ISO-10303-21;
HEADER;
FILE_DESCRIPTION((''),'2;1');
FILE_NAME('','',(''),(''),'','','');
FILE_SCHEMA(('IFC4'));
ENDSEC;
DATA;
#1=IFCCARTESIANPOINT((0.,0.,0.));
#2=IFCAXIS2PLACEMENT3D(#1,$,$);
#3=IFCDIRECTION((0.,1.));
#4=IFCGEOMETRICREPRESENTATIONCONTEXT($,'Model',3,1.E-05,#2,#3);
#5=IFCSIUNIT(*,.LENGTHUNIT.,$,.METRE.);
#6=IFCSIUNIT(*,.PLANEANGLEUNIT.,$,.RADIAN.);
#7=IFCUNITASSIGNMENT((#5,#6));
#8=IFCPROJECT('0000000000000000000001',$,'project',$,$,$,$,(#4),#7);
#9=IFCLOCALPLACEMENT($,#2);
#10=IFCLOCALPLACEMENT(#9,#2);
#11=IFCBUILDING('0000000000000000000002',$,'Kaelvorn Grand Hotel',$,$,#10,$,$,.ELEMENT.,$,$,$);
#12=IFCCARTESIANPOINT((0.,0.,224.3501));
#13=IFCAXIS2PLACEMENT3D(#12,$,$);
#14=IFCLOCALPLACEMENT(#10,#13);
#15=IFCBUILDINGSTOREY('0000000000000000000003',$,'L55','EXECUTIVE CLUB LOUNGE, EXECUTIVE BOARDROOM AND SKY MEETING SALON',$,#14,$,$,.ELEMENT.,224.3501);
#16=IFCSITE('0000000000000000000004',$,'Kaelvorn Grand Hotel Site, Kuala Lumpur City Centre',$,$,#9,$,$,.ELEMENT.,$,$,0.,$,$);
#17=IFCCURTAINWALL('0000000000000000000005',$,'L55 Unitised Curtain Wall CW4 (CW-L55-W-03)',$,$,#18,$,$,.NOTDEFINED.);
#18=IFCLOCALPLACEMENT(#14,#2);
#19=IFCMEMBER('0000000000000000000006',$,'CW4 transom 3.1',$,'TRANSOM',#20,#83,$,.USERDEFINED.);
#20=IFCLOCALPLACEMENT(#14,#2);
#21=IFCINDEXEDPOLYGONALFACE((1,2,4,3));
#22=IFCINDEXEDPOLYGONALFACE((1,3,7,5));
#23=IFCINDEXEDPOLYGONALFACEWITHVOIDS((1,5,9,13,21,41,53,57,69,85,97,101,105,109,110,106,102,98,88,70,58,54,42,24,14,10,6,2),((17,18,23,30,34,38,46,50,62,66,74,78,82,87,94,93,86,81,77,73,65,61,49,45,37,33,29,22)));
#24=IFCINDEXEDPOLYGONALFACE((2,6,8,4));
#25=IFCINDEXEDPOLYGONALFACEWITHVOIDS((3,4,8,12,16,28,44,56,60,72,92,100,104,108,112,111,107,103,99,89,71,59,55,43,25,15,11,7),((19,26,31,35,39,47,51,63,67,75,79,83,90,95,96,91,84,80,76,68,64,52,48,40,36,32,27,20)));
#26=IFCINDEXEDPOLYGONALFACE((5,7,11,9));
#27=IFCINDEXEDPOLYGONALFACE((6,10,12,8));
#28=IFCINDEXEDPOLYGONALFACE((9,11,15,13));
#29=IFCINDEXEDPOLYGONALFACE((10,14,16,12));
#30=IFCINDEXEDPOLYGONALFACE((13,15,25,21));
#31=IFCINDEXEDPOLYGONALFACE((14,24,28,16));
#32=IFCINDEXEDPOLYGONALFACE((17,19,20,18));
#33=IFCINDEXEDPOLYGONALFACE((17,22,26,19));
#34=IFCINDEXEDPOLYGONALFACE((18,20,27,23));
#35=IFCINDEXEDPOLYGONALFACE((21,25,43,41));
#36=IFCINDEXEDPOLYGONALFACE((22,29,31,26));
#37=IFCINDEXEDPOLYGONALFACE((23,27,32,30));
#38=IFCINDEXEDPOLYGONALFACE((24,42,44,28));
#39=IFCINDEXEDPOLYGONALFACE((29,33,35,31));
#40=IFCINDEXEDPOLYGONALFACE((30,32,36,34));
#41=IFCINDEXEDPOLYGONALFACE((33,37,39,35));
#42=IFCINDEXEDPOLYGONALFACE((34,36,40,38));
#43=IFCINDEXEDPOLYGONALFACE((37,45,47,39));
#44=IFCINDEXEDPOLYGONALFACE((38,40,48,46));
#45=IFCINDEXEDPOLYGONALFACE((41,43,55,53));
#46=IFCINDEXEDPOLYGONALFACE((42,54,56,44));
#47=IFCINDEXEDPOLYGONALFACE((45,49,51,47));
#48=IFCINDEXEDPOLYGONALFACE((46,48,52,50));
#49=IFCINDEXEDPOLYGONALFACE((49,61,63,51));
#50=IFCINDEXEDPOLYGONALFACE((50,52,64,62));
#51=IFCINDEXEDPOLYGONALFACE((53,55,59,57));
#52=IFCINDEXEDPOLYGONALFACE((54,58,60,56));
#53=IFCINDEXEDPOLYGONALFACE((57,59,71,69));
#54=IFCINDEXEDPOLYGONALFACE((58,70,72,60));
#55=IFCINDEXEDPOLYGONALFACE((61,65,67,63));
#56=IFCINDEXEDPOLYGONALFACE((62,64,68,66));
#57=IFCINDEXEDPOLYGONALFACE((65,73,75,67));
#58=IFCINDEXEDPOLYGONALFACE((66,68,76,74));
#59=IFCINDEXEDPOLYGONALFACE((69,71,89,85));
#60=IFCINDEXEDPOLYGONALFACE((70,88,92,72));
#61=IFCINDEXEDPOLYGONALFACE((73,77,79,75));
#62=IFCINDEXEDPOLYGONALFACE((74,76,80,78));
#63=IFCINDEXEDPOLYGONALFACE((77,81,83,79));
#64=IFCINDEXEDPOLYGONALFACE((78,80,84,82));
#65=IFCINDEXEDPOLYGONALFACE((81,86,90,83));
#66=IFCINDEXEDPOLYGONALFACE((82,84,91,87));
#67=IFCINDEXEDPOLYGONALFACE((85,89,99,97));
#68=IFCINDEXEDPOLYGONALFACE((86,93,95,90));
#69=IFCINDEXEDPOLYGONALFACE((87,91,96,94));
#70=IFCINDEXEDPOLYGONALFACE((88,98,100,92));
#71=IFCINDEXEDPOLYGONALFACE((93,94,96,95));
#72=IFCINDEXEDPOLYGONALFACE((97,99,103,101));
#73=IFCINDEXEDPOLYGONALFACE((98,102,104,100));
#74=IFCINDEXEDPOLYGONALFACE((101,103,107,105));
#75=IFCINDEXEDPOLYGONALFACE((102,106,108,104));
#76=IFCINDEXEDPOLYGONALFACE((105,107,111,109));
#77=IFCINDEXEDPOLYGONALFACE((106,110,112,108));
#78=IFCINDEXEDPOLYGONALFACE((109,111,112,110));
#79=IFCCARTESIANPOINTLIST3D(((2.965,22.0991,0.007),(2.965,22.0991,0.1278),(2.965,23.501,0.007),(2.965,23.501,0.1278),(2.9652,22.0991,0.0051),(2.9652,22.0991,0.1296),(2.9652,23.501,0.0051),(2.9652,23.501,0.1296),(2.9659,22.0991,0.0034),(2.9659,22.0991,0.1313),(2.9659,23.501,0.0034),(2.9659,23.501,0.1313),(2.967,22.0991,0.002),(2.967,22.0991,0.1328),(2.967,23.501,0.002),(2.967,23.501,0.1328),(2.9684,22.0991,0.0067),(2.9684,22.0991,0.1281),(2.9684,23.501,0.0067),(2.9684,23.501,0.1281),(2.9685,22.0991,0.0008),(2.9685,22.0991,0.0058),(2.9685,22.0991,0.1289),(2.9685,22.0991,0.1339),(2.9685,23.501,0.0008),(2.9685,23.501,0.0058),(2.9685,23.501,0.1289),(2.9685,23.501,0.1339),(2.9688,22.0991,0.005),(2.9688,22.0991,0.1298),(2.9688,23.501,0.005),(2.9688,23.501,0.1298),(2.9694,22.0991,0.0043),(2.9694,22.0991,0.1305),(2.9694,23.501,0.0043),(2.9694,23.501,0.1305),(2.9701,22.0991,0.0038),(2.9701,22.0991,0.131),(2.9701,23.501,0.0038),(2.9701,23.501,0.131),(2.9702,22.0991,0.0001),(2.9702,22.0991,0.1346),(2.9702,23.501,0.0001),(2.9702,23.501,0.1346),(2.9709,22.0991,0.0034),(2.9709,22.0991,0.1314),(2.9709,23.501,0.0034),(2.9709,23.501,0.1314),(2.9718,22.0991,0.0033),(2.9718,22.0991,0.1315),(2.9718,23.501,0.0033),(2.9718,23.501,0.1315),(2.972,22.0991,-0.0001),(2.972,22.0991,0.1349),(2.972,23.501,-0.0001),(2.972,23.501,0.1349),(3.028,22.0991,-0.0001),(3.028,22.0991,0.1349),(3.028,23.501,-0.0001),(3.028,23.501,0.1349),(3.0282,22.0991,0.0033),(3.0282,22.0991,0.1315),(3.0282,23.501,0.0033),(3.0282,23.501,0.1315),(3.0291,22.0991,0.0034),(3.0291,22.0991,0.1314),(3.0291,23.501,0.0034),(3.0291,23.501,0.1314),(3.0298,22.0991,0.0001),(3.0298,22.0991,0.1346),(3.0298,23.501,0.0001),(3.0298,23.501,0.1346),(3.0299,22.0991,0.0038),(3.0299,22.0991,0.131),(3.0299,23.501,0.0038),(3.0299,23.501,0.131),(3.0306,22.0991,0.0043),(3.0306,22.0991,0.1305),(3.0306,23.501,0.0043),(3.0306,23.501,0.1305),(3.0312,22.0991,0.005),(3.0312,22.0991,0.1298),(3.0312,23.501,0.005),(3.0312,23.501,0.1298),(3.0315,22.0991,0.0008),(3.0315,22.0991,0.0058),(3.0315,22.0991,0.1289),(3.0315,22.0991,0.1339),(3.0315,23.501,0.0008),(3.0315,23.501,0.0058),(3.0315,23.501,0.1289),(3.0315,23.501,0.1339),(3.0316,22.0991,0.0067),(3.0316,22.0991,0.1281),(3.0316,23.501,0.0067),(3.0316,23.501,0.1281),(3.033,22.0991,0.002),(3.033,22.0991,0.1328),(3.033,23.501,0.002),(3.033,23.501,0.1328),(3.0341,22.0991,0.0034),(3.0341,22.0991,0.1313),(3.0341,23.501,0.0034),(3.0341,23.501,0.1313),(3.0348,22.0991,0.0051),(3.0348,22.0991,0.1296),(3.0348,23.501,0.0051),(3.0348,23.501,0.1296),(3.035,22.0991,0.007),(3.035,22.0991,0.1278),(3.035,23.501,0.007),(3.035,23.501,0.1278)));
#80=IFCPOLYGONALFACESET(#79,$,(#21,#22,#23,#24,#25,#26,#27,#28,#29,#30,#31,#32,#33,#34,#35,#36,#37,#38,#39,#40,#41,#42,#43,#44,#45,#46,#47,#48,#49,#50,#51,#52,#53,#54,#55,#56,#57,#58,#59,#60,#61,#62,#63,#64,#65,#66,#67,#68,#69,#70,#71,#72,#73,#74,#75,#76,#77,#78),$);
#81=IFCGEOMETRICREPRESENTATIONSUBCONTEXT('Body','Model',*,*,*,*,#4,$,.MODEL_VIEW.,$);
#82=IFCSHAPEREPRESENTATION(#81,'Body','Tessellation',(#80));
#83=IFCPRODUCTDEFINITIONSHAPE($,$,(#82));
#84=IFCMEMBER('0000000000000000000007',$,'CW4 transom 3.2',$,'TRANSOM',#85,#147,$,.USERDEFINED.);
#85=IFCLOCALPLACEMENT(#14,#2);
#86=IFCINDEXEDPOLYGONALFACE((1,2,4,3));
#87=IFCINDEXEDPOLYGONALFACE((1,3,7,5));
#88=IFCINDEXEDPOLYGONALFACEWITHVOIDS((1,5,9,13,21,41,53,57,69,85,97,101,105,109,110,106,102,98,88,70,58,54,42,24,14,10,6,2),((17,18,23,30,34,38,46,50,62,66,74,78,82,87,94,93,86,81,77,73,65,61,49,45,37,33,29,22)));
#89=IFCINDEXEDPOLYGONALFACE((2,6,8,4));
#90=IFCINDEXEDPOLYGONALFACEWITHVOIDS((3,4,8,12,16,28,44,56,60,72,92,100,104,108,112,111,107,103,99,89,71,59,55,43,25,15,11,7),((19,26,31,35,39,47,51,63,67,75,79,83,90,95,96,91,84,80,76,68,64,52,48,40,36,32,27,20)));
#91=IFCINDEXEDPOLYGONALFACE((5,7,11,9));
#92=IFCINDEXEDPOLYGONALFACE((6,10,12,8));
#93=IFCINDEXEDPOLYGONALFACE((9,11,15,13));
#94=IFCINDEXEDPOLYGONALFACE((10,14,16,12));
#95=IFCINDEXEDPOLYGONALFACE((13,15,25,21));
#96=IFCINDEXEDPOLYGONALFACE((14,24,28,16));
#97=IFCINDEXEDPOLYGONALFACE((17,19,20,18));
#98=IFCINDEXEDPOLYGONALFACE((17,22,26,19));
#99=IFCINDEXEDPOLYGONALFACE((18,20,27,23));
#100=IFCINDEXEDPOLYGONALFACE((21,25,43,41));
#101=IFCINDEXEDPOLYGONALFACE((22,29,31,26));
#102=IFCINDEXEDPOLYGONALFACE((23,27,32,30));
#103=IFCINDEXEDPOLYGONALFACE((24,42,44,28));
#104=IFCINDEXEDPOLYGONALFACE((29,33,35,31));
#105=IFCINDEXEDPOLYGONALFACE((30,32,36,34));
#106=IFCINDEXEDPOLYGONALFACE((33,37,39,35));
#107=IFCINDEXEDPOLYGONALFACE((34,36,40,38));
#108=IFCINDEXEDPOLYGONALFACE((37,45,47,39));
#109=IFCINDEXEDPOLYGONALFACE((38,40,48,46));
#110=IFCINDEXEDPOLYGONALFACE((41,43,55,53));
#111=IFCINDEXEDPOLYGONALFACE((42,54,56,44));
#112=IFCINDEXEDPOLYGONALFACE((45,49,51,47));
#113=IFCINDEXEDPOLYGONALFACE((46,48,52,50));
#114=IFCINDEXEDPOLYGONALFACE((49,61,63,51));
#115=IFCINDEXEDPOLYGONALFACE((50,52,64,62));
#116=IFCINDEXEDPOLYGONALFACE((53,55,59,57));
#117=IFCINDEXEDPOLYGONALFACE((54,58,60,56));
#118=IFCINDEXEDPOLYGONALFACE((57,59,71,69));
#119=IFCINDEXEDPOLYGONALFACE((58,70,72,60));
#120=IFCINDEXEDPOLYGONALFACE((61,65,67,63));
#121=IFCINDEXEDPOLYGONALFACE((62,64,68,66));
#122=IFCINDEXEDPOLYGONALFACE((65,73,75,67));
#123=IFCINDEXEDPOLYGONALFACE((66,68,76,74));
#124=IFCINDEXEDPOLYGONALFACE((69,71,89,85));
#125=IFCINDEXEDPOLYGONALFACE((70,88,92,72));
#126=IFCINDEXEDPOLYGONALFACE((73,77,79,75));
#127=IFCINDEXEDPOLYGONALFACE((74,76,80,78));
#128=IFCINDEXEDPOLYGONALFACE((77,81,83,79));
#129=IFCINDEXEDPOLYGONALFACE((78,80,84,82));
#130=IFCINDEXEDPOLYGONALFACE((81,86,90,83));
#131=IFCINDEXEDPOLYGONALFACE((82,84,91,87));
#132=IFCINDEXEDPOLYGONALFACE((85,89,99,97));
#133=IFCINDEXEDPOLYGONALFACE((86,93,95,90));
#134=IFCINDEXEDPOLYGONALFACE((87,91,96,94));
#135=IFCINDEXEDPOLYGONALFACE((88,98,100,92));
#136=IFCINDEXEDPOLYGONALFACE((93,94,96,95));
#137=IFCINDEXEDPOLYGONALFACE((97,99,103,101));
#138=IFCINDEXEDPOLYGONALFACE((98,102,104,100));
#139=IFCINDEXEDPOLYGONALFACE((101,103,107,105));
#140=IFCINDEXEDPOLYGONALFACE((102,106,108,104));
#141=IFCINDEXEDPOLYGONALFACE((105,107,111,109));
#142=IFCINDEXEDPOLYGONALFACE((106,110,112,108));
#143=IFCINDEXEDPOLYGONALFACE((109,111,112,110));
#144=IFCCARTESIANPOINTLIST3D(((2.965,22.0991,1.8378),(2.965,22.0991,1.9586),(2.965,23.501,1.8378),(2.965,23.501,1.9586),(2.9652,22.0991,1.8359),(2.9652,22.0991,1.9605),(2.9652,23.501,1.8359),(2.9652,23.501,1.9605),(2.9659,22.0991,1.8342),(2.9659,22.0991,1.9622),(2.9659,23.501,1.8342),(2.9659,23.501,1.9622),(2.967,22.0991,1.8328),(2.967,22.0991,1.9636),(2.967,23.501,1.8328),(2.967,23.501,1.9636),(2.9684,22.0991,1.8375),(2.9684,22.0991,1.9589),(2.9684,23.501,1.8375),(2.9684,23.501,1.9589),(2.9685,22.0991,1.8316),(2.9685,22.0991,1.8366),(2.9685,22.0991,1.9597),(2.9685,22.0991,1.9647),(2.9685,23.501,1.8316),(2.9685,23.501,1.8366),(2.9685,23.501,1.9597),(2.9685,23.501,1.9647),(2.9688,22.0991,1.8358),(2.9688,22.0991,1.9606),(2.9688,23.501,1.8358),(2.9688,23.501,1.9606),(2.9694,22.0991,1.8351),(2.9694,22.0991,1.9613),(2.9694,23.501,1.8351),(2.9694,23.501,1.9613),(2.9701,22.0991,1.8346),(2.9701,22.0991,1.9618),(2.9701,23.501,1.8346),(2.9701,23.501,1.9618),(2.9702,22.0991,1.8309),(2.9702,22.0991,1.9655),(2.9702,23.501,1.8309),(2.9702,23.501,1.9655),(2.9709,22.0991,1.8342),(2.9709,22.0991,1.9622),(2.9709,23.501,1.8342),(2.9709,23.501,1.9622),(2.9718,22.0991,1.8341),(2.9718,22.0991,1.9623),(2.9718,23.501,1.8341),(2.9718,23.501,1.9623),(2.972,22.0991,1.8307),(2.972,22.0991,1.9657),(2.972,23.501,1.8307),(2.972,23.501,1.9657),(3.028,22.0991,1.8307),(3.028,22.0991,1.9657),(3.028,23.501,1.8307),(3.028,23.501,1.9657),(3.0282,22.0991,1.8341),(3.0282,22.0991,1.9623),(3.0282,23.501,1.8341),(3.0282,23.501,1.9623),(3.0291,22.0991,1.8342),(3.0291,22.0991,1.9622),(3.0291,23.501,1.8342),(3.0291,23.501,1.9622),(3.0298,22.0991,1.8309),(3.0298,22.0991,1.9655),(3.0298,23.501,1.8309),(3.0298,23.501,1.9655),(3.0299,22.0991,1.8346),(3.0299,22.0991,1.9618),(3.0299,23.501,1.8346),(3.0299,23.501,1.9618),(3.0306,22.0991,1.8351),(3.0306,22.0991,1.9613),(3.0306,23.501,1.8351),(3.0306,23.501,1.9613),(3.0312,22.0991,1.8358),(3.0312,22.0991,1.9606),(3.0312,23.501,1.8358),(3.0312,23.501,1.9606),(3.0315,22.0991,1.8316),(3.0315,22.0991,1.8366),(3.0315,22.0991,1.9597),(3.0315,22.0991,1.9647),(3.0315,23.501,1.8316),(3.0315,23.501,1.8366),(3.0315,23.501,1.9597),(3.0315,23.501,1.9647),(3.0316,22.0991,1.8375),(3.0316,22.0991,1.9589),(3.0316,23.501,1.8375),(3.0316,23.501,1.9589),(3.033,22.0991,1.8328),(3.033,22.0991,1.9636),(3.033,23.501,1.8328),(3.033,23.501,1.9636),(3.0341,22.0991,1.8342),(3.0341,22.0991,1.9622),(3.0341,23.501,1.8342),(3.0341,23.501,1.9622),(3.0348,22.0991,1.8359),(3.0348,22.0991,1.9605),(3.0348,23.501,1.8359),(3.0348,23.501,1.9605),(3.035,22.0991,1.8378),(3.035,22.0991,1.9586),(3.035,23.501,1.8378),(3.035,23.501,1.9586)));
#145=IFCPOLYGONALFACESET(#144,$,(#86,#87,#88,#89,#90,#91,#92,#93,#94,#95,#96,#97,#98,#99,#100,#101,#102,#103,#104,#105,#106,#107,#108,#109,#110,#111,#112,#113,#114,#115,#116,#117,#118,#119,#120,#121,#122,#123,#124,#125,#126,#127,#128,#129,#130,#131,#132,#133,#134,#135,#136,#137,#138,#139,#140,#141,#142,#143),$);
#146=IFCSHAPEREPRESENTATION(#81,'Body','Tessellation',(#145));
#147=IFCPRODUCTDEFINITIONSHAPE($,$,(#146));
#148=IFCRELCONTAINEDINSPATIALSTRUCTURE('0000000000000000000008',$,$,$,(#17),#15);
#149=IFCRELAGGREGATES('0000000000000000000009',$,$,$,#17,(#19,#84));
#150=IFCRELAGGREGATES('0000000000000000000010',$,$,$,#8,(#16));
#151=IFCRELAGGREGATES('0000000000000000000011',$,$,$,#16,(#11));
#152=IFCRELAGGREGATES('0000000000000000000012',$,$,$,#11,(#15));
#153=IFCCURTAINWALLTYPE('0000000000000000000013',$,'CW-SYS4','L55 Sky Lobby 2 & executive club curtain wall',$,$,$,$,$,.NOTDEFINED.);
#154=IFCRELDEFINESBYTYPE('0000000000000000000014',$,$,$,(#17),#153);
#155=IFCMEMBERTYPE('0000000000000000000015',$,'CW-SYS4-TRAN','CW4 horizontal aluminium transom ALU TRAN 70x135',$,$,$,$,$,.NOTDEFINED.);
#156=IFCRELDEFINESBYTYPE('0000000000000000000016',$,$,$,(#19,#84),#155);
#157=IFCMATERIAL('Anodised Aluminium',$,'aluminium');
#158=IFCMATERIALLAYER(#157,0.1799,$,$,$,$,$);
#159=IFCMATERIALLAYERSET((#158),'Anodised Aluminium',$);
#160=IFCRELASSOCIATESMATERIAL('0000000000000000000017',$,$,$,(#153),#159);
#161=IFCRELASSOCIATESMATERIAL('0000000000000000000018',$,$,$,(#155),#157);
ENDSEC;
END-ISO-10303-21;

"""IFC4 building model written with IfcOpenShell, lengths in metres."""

from ifc_helpers import new_model, si_unit, direction, frame, origin, origin_2d, place, context, subcontext, project, spatial, hollow_rectangle, extrude, material, layer, layer_set, material_profile, profile_set, type_object, element, aggregate, save


model = new_model("IFC4")

# Units and contexts
model_context = context("Model", 3, precision=1e-05, world=origin(), true_north=direction((0.0, 1.0)))
body_context = subcontext(model_context, "Body", "Model", "MODEL_VIEW")
ifc_project = project(units=[si_unit("LENGTHUNIT", "METRE"), si_unit("PLANEANGLEUNIT", "RADIAN")], contexts=[model_context])

# Site, building, storey
site_placement = place(None, origin())
site = spatial("IfcSite", under=ifc_project, at=site_placement, Name="Kaelvorn Grand Hotel Site, Kuala Lumpur City Centre", CompositionType="ELEMENT", RefElevation=0.0)
building_placement = place(site_placement, origin())
building = spatial("IfcBuilding", under=site, at=building_placement, Name="Kaelvorn Grand Hotel", CompositionType="ELEMENT")
storey_placement = place(building_placement, frame((0.0, 0.0, 224.3501)))
storey = spatial("IfcBuildingStorey", under=building, at=storey_placement, Name="L55", Description="EXECUTIVE CLUB LOUNGE, EXECUTIVE BOARDROOM AND SKY MEETING SALON", CompositionType="ELEMENT", Elevation=224.3501)

# Shared definitions
ifc_material_1 = material(Name="Anodised Aluminium", Category="aluminium")
ifc_layer_1 = layer(ifc_material_1, 0.1799)
ifc_layer_set_1 = layer_set([ifc_layer_1], Name="Anodised Aluminium")
curtain_wall_type = type_object("IfcCurtainWallType", Name="CW-SYS4", Description="L55 Sky Lobby 2 & executive club curtain wall", PredefinedType="NOTDEFINED", material=ifc_layer_set_1)

# Curtain wall, members
curtain_wall_1_placement = place(storey_placement, origin())
curtain_wall_1 = element("IfcCurtainWall", 1, at=curtain_wall_1_placement, inside=storey, type_object=curtain_wall_type, Name="L55 Unitised Curtain Wall CW4 (CW-L55-W-03)", PredefinedType="NOTDEFINED")
ifc_material_profile_1 = material_profile(ifc_material_1, hollow_rectangle(XDim=0.0701, YDim=0.135, WallThickness=0.0034, InnerFilletRadius=0.0034, OuterFilletRadius=0.0071, at=origin_2d()), Name="ALU TRAN 70x135")
ifc_profile_set_1 = profile_set([ifc_material_profile_1], Name="Anodised Aluminium")
member_type_1 = type_object("IfcMemberType", Name="CW-SYS4-TRAN", Description="CW4 horizontal aluminium transom ALU TRAN 70x135", PredefinedType="NOTDEFINED", material=ifc_profile_set_1)
member_1_placement = place(storey_placement, frame((3.0, 23.501, 0.0674), z_axis=(0.0, -1.0, 0.0), x_axis=(1.0, 0.0, 0.0)))
member_1 = element("IfcMember", 2, at=member_1_placement, type_object=member_type_1, Name="CW4 transom 3.1", ObjectType="TRANSOM", PredefinedType="USERDEFINED", context=body_context, shape_type="SweptSolid", body=[
    extrude(hollow_rectangle(XDim=0.0701, YDim=0.135, WallThickness=0.0034, InnerFilletRadius=0.0034, OuterFilletRadius=0.0071, at=origin_2d()), origin(), (0.0, 0.0, 1.0), 1.4019),
])
member_2_placement = place(storey_placement, frame((3.0, 23.501, 1.8982), z_axis=(0.0, -1.0, 0.0), x_axis=(1.0, 0.0, 0.0)))
member_2 = element("IfcMember", 3, at=member_2_placement, type_object=member_type_1, Name="CW4 transom 3.2", ObjectType="TRANSOM", PredefinedType="USERDEFINED", context=body_context, shape_type="SweptSolid", body=[
    extrude(hollow_rectangle(XDim=0.0701, YDim=0.135, WallThickness=0.0034, InnerFilletRadius=0.0034, OuterFilletRadius=0.0071, at=origin_2d()), origin(), (0.0, 0.0, 1.0), 1.4019),
])

aggregate(curtain_wall_1, [member_1, member_2])

save(model, "model.ifc")
